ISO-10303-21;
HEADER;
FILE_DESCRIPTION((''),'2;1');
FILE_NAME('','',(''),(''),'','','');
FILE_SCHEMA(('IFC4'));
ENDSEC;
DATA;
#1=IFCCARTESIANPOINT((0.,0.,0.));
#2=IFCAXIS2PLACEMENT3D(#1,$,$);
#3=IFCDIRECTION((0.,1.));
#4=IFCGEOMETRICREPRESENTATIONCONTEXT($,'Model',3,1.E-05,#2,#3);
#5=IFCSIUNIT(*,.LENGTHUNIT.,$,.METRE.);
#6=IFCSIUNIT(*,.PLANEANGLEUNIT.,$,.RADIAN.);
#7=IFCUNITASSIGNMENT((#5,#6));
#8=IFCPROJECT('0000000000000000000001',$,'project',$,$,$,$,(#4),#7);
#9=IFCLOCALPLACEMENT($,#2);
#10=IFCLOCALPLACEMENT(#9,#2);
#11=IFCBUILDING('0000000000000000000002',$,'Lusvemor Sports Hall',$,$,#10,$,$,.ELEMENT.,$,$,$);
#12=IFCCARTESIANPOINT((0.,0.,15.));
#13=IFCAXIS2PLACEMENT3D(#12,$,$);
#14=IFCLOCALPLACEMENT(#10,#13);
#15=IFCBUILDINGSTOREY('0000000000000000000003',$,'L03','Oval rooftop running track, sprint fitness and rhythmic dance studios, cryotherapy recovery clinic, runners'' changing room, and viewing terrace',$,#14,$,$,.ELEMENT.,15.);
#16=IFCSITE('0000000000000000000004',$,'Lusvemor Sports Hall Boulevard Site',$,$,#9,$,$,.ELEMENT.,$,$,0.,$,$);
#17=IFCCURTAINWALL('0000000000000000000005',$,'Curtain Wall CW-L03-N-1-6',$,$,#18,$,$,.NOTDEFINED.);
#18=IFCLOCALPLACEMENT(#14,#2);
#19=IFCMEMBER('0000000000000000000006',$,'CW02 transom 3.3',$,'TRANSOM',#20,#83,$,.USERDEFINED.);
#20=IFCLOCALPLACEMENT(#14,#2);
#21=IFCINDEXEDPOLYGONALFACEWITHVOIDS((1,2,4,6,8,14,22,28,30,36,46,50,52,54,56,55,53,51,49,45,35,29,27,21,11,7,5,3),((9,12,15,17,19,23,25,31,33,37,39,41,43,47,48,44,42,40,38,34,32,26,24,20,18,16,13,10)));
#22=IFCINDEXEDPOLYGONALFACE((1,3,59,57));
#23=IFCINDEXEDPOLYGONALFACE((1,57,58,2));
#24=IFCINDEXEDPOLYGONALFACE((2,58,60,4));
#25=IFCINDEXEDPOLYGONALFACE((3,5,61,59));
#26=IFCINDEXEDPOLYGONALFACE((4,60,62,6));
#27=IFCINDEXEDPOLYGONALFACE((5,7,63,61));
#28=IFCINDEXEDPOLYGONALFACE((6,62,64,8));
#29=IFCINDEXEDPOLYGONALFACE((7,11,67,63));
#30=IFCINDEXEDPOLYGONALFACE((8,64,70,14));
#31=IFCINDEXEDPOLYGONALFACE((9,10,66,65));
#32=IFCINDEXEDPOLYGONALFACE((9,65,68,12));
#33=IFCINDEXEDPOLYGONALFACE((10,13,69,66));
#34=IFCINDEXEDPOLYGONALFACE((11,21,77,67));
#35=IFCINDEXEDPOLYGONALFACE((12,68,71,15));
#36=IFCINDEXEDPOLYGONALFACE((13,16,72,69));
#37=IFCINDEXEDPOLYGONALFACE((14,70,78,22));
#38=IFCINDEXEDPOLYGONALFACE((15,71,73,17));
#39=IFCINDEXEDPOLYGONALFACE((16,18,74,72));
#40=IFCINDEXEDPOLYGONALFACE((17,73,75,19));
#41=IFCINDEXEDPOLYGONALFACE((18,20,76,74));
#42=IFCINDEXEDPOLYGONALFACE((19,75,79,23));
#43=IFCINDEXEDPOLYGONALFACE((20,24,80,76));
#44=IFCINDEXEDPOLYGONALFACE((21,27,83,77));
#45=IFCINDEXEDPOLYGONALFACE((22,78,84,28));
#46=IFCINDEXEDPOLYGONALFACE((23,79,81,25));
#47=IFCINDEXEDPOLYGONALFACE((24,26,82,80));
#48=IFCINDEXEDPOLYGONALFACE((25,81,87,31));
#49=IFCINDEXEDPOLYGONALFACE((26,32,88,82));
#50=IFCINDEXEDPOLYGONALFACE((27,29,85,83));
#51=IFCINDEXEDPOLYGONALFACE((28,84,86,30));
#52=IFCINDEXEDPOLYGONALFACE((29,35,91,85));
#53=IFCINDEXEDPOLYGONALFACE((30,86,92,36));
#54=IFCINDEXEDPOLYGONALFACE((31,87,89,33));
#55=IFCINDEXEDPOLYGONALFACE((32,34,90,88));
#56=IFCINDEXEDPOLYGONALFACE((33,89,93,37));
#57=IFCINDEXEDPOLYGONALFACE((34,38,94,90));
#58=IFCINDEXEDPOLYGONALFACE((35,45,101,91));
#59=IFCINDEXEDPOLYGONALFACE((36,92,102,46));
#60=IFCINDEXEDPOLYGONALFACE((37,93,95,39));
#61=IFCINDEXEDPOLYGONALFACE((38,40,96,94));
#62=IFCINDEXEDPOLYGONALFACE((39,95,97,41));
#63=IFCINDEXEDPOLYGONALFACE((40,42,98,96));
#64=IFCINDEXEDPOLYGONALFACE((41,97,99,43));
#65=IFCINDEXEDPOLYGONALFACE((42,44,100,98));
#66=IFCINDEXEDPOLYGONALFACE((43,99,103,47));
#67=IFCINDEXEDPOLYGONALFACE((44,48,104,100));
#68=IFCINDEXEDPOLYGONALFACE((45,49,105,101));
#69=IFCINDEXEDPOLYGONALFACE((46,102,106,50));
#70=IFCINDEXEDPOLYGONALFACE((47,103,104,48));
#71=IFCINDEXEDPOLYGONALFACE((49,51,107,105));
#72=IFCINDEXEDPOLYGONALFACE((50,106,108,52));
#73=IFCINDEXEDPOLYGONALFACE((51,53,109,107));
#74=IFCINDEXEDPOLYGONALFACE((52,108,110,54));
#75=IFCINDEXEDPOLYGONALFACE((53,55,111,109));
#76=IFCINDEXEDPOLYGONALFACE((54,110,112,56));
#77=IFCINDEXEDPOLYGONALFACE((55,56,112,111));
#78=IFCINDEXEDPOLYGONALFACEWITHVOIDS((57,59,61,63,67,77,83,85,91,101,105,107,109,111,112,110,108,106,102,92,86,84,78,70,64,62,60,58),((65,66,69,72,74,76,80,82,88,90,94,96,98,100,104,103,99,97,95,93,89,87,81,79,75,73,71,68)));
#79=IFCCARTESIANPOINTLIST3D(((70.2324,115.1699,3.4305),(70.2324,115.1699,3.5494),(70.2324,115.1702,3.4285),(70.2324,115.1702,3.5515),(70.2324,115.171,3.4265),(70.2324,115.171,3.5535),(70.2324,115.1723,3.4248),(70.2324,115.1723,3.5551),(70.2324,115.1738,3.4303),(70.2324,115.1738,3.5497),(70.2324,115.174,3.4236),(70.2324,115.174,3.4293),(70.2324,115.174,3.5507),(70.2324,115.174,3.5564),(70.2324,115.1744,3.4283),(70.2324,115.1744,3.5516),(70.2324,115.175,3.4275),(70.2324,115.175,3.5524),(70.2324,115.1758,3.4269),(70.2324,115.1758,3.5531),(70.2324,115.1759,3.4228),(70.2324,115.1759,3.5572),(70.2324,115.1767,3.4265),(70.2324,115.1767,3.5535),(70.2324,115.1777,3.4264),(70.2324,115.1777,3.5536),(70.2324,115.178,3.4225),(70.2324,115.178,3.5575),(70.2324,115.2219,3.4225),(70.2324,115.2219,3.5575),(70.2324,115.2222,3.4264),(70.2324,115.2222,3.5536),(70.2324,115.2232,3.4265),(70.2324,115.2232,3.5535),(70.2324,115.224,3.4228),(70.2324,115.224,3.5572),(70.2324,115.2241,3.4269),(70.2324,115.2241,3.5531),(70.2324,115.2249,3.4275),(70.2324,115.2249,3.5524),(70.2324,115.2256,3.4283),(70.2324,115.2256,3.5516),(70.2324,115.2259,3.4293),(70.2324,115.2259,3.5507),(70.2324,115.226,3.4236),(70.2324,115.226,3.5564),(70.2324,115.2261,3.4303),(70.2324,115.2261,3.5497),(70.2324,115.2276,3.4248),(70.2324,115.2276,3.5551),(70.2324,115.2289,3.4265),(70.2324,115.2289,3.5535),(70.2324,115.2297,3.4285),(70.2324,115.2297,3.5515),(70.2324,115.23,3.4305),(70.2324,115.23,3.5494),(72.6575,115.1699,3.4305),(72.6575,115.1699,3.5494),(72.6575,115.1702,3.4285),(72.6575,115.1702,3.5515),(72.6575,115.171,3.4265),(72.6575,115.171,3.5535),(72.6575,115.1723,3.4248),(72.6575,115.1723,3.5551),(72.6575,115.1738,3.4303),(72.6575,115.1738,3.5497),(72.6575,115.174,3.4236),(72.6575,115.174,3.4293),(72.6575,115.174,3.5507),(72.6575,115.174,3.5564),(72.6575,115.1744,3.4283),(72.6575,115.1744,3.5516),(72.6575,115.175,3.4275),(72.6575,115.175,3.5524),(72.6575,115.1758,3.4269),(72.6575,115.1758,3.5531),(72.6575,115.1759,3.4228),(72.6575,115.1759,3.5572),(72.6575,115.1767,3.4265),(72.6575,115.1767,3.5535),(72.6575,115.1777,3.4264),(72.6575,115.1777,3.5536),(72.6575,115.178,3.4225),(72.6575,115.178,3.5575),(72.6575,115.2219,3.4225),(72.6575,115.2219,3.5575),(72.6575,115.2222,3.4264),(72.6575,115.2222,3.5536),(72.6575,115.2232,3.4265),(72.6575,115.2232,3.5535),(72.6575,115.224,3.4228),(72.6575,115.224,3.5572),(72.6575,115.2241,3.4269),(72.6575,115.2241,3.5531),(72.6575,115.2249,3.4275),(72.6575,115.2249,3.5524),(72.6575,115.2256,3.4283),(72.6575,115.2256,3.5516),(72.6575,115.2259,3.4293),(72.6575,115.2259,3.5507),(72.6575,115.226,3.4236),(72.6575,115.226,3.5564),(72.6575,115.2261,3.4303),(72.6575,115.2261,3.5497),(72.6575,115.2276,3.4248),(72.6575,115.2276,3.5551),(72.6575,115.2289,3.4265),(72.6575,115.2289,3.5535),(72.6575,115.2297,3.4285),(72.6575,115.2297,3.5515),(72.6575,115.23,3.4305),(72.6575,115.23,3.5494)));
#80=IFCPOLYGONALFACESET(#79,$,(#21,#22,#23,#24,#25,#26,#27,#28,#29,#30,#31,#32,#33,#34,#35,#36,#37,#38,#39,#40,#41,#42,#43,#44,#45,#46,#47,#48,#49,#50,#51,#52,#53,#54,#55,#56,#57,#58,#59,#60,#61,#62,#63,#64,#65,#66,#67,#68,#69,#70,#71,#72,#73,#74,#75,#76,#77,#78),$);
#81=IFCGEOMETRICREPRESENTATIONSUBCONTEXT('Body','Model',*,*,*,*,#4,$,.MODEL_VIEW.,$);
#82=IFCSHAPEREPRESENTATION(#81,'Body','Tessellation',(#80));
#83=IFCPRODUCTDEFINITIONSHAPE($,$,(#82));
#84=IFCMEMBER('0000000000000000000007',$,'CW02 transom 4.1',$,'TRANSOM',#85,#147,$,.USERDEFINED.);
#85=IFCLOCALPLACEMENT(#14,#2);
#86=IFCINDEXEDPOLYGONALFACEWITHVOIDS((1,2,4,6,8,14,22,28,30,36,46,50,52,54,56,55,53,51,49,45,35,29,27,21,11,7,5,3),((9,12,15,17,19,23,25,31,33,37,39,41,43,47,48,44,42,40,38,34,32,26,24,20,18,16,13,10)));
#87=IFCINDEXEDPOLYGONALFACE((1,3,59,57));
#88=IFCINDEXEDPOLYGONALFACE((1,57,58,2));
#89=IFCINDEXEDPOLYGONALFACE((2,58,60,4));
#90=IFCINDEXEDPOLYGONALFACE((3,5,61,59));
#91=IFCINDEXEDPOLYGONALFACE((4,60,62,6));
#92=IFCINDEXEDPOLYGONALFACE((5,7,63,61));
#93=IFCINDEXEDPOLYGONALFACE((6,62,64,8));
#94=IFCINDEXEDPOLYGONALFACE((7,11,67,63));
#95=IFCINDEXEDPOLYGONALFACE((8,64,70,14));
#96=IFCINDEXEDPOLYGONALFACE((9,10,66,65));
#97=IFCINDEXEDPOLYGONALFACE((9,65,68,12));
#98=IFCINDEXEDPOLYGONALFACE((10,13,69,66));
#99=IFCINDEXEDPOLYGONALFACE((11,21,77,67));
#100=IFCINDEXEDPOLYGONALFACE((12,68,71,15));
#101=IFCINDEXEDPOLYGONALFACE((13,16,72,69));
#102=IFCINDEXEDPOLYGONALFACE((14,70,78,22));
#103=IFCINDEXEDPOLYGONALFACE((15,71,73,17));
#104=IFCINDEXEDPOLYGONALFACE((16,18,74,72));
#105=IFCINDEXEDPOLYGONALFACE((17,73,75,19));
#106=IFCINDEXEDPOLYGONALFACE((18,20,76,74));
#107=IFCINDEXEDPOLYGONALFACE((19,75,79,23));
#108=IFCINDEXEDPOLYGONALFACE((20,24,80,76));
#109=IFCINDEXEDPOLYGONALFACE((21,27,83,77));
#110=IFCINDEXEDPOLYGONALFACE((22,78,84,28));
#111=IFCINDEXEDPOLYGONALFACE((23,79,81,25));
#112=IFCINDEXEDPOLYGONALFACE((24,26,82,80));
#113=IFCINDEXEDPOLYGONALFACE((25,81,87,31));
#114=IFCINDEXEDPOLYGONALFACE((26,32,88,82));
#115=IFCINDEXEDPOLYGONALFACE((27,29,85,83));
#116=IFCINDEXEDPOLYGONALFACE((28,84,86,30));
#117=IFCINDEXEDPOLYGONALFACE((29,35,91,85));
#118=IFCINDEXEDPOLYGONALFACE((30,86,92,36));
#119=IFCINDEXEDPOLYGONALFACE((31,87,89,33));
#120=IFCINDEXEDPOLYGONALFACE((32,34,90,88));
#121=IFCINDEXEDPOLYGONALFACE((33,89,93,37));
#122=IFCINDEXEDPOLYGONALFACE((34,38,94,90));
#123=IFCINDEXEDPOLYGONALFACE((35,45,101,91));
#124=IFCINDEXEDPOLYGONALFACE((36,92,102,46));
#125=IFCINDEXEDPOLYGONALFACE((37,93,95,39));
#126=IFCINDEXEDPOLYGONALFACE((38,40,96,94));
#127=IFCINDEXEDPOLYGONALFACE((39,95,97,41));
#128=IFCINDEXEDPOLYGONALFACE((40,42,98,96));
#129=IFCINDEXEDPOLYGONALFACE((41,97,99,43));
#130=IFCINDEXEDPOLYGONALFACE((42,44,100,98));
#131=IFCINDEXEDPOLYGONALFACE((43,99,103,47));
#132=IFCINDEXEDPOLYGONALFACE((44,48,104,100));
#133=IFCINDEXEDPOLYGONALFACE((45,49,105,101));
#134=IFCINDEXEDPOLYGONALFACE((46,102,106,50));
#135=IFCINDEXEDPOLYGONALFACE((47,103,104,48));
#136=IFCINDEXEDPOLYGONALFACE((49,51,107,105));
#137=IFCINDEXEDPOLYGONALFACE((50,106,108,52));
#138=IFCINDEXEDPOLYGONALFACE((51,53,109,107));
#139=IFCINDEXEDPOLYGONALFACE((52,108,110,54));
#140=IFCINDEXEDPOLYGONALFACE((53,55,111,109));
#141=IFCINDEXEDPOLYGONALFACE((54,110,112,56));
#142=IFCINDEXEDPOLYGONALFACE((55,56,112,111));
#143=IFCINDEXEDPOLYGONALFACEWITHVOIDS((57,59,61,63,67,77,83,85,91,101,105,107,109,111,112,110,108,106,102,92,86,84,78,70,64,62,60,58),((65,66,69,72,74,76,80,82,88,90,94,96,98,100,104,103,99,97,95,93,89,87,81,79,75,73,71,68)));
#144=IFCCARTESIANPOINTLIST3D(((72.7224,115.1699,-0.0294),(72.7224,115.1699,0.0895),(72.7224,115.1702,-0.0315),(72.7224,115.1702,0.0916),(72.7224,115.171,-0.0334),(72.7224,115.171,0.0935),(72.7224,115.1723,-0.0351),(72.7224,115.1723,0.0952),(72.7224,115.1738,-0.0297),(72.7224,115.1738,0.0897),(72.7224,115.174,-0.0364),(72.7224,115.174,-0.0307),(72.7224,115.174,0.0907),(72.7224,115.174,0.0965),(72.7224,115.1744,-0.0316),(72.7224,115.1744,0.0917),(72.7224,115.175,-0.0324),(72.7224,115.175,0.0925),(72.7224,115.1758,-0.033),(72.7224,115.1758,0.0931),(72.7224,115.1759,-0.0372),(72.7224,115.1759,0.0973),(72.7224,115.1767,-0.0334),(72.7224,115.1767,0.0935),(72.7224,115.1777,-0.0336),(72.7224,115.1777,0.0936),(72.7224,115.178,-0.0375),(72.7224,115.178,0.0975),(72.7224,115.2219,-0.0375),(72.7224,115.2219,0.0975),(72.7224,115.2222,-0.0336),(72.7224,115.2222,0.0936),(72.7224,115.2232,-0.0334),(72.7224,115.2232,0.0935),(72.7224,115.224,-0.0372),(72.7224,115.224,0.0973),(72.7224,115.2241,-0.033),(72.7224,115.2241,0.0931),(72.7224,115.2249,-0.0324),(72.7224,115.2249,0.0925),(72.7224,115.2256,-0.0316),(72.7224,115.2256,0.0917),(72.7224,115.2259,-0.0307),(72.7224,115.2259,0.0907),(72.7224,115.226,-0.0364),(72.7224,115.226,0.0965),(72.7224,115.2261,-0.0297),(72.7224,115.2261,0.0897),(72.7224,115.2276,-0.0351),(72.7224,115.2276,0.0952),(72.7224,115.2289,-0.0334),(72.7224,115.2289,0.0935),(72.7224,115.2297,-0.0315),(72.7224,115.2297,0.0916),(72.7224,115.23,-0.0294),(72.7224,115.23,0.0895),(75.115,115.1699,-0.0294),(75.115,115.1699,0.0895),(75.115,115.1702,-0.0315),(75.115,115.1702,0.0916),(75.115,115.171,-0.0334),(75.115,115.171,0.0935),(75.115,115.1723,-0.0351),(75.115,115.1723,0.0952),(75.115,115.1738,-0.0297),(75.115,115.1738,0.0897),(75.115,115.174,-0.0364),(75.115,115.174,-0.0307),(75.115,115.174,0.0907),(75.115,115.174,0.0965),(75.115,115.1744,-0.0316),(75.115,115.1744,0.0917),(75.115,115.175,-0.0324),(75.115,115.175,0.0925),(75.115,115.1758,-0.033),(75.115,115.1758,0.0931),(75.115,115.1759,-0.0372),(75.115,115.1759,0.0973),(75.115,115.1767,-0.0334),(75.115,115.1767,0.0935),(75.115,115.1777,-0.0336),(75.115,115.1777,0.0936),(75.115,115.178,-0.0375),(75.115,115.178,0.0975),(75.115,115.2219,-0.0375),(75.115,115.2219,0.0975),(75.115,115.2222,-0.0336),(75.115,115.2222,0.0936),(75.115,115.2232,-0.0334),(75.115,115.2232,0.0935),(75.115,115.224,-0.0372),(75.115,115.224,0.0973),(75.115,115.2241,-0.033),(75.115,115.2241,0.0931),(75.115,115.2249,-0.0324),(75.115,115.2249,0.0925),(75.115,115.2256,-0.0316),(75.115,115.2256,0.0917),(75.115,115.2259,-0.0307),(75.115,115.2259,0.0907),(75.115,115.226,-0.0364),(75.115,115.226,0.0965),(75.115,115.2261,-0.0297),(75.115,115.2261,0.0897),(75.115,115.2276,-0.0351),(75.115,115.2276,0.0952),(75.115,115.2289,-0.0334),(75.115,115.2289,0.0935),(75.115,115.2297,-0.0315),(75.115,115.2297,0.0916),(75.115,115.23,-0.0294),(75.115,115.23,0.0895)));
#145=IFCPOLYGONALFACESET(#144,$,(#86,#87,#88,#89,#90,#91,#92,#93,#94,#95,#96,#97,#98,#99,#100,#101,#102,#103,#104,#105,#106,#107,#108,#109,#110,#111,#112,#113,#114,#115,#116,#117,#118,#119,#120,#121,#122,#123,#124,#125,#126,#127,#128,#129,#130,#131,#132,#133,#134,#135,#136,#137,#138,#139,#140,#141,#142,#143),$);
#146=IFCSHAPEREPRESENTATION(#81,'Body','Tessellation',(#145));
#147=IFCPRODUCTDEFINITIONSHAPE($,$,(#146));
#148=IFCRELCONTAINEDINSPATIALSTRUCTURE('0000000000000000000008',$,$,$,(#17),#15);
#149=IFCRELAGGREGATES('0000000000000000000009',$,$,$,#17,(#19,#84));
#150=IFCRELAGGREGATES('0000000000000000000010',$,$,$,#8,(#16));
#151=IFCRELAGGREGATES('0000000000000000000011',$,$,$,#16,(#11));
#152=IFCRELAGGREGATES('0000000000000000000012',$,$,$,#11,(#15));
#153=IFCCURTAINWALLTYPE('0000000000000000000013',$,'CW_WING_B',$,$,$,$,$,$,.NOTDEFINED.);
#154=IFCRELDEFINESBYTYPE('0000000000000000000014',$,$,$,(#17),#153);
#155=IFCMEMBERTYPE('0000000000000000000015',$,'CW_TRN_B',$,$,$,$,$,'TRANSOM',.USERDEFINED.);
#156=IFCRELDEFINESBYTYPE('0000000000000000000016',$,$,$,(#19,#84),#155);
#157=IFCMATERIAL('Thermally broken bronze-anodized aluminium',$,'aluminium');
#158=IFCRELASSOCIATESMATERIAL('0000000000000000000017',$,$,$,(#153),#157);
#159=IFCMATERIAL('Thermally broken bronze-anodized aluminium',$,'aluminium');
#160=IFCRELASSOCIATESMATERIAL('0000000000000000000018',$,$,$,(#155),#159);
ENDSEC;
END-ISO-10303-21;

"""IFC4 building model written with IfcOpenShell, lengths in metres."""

from ifc_helpers import new_model, si_unit, direction, frame, origin, origin_2d, place, context, subcontext, project, spatial, hollow_rectangle, extrude, material, material_profile, profile_set, type_object, element, aggregate, save


model = new_model("IFC4")

# Units and contexts
model_context = context("Model", 3, precision=1e-05, world=origin(), true_north=direction((0.0, 1.0)))
body_context = subcontext(model_context, "Body", "Model", "MODEL_VIEW")
ifc_project = project(units=[si_unit("LENGTHUNIT", "METRE"), si_unit("PLANEANGLEUNIT", "RADIAN")], contexts=[model_context])

# Site, building, storey
site_placement = place(None, origin())
site = spatial("IfcSite", under=ifc_project, at=site_placement, Name="Lusvemor Sports Hall Boulevard Site", CompositionType="ELEMENT", RefElevation=0.0)
building_placement = place(site_placement, origin())
building = spatial("IfcBuilding", under=site, at=building_placement, Name="Lusvemor Sports Hall", CompositionType="ELEMENT")
storey_placement = place(building_placement, frame((0.0, 0.0, 15.0)))
storey = spatial("IfcBuildingStorey", under=building, at=storey_placement, Name="L03", Description="Oval rooftop running track, sprint fitness and rhythmic dance studios, cryotherapy recovery clinic, runners' changing room, and viewing terrace", CompositionType="ELEMENT", Elevation=15.0)

# Curtain wall, members
ifc_material_1 = material(Name="Thermally broken bronze-anodized aluminium", Category="aluminium")
curtain_wall_type = type_object("IfcCurtainWallType", Name="CW_WING_B", PredefinedType="NOTDEFINED", material=ifc_material_1)
curtain_wall_placement = place(storey_placement, origin())
curtain_wall = element("IfcCurtainWall", 1, at=curtain_wall_placement, inside=storey, type_object=curtain_wall_type, Name="Curtain Wall CW-L03-N-1-6", PredefinedType="NOTDEFINED")
ifc_material_2 = material(Name="Thermally broken bronze-anodized aluminium", Category="aluminium")
ifc_material_profile_1 = material_profile(ifc_material_2, hollow_rectangle(XDim=0.0601, YDim=0.135, WallThickness=0.0039, InnerFilletRadius=0.0039, OuterFilletRadius=0.0081, at=origin_2d()), Name="CWTRN135x60x4")
ifc_profile_set_1 = profile_set([ifc_material_profile_1], Name="Thermally broken bronze-anodized aluminium")
member_type_1 = type_object("IfcMemberType", Name="CW_TRN_B", ElementType="TRANSOM", PredefinedType="USERDEFINED", material=ifc_profile_set_1)
member_1_placement = place(storey_placement, frame((70.2324, 115.2, 3.49), z_axis=(1.0, 0.0, 0.0), x_axis=(0.0, 1.0, 0.0)))
member_1 = element("IfcMember", 2, at=member_1_placement, type_object=member_type_1, Name="CW02 transom 3.3", ObjectType="TRANSOM", PredefinedType="USERDEFINED", context=body_context, shape_type="SweptSolid", body=[
    extrude(hollow_rectangle(XDim=0.0601, YDim=0.135, WallThickness=0.0039, InnerFilletRadius=0.0039, OuterFilletRadius=0.0081, at=origin_2d()), origin(), (0.0, 0.0, 1.0), 2.425),
])
member_2_placement = place(storey_placement, frame((72.7224, 115.2, 0.03), z_axis=(1.0, 0.0, 0.0), x_axis=(0.0, 1.0, 0.0)))
member_2 = element("IfcMember", 3, at=member_2_placement, type_object=member_type_1, Name="CW02 transom 4.1", ObjectType="TRANSOM", PredefinedType="USERDEFINED", context=body_context, shape_type="SweptSolid", body=[
    extrude(hollow_rectangle(XDim=0.0601, YDim=0.135, WallThickness=0.0039, InnerFilletRadius=0.0039, OuterFilletRadius=0.0081, at=origin_2d()), origin(), (0.0, 0.0, 1.0), 2.3926),
])

aggregate(curtain_wall, [member_1, member_2])

save(model, "model.ifc")
